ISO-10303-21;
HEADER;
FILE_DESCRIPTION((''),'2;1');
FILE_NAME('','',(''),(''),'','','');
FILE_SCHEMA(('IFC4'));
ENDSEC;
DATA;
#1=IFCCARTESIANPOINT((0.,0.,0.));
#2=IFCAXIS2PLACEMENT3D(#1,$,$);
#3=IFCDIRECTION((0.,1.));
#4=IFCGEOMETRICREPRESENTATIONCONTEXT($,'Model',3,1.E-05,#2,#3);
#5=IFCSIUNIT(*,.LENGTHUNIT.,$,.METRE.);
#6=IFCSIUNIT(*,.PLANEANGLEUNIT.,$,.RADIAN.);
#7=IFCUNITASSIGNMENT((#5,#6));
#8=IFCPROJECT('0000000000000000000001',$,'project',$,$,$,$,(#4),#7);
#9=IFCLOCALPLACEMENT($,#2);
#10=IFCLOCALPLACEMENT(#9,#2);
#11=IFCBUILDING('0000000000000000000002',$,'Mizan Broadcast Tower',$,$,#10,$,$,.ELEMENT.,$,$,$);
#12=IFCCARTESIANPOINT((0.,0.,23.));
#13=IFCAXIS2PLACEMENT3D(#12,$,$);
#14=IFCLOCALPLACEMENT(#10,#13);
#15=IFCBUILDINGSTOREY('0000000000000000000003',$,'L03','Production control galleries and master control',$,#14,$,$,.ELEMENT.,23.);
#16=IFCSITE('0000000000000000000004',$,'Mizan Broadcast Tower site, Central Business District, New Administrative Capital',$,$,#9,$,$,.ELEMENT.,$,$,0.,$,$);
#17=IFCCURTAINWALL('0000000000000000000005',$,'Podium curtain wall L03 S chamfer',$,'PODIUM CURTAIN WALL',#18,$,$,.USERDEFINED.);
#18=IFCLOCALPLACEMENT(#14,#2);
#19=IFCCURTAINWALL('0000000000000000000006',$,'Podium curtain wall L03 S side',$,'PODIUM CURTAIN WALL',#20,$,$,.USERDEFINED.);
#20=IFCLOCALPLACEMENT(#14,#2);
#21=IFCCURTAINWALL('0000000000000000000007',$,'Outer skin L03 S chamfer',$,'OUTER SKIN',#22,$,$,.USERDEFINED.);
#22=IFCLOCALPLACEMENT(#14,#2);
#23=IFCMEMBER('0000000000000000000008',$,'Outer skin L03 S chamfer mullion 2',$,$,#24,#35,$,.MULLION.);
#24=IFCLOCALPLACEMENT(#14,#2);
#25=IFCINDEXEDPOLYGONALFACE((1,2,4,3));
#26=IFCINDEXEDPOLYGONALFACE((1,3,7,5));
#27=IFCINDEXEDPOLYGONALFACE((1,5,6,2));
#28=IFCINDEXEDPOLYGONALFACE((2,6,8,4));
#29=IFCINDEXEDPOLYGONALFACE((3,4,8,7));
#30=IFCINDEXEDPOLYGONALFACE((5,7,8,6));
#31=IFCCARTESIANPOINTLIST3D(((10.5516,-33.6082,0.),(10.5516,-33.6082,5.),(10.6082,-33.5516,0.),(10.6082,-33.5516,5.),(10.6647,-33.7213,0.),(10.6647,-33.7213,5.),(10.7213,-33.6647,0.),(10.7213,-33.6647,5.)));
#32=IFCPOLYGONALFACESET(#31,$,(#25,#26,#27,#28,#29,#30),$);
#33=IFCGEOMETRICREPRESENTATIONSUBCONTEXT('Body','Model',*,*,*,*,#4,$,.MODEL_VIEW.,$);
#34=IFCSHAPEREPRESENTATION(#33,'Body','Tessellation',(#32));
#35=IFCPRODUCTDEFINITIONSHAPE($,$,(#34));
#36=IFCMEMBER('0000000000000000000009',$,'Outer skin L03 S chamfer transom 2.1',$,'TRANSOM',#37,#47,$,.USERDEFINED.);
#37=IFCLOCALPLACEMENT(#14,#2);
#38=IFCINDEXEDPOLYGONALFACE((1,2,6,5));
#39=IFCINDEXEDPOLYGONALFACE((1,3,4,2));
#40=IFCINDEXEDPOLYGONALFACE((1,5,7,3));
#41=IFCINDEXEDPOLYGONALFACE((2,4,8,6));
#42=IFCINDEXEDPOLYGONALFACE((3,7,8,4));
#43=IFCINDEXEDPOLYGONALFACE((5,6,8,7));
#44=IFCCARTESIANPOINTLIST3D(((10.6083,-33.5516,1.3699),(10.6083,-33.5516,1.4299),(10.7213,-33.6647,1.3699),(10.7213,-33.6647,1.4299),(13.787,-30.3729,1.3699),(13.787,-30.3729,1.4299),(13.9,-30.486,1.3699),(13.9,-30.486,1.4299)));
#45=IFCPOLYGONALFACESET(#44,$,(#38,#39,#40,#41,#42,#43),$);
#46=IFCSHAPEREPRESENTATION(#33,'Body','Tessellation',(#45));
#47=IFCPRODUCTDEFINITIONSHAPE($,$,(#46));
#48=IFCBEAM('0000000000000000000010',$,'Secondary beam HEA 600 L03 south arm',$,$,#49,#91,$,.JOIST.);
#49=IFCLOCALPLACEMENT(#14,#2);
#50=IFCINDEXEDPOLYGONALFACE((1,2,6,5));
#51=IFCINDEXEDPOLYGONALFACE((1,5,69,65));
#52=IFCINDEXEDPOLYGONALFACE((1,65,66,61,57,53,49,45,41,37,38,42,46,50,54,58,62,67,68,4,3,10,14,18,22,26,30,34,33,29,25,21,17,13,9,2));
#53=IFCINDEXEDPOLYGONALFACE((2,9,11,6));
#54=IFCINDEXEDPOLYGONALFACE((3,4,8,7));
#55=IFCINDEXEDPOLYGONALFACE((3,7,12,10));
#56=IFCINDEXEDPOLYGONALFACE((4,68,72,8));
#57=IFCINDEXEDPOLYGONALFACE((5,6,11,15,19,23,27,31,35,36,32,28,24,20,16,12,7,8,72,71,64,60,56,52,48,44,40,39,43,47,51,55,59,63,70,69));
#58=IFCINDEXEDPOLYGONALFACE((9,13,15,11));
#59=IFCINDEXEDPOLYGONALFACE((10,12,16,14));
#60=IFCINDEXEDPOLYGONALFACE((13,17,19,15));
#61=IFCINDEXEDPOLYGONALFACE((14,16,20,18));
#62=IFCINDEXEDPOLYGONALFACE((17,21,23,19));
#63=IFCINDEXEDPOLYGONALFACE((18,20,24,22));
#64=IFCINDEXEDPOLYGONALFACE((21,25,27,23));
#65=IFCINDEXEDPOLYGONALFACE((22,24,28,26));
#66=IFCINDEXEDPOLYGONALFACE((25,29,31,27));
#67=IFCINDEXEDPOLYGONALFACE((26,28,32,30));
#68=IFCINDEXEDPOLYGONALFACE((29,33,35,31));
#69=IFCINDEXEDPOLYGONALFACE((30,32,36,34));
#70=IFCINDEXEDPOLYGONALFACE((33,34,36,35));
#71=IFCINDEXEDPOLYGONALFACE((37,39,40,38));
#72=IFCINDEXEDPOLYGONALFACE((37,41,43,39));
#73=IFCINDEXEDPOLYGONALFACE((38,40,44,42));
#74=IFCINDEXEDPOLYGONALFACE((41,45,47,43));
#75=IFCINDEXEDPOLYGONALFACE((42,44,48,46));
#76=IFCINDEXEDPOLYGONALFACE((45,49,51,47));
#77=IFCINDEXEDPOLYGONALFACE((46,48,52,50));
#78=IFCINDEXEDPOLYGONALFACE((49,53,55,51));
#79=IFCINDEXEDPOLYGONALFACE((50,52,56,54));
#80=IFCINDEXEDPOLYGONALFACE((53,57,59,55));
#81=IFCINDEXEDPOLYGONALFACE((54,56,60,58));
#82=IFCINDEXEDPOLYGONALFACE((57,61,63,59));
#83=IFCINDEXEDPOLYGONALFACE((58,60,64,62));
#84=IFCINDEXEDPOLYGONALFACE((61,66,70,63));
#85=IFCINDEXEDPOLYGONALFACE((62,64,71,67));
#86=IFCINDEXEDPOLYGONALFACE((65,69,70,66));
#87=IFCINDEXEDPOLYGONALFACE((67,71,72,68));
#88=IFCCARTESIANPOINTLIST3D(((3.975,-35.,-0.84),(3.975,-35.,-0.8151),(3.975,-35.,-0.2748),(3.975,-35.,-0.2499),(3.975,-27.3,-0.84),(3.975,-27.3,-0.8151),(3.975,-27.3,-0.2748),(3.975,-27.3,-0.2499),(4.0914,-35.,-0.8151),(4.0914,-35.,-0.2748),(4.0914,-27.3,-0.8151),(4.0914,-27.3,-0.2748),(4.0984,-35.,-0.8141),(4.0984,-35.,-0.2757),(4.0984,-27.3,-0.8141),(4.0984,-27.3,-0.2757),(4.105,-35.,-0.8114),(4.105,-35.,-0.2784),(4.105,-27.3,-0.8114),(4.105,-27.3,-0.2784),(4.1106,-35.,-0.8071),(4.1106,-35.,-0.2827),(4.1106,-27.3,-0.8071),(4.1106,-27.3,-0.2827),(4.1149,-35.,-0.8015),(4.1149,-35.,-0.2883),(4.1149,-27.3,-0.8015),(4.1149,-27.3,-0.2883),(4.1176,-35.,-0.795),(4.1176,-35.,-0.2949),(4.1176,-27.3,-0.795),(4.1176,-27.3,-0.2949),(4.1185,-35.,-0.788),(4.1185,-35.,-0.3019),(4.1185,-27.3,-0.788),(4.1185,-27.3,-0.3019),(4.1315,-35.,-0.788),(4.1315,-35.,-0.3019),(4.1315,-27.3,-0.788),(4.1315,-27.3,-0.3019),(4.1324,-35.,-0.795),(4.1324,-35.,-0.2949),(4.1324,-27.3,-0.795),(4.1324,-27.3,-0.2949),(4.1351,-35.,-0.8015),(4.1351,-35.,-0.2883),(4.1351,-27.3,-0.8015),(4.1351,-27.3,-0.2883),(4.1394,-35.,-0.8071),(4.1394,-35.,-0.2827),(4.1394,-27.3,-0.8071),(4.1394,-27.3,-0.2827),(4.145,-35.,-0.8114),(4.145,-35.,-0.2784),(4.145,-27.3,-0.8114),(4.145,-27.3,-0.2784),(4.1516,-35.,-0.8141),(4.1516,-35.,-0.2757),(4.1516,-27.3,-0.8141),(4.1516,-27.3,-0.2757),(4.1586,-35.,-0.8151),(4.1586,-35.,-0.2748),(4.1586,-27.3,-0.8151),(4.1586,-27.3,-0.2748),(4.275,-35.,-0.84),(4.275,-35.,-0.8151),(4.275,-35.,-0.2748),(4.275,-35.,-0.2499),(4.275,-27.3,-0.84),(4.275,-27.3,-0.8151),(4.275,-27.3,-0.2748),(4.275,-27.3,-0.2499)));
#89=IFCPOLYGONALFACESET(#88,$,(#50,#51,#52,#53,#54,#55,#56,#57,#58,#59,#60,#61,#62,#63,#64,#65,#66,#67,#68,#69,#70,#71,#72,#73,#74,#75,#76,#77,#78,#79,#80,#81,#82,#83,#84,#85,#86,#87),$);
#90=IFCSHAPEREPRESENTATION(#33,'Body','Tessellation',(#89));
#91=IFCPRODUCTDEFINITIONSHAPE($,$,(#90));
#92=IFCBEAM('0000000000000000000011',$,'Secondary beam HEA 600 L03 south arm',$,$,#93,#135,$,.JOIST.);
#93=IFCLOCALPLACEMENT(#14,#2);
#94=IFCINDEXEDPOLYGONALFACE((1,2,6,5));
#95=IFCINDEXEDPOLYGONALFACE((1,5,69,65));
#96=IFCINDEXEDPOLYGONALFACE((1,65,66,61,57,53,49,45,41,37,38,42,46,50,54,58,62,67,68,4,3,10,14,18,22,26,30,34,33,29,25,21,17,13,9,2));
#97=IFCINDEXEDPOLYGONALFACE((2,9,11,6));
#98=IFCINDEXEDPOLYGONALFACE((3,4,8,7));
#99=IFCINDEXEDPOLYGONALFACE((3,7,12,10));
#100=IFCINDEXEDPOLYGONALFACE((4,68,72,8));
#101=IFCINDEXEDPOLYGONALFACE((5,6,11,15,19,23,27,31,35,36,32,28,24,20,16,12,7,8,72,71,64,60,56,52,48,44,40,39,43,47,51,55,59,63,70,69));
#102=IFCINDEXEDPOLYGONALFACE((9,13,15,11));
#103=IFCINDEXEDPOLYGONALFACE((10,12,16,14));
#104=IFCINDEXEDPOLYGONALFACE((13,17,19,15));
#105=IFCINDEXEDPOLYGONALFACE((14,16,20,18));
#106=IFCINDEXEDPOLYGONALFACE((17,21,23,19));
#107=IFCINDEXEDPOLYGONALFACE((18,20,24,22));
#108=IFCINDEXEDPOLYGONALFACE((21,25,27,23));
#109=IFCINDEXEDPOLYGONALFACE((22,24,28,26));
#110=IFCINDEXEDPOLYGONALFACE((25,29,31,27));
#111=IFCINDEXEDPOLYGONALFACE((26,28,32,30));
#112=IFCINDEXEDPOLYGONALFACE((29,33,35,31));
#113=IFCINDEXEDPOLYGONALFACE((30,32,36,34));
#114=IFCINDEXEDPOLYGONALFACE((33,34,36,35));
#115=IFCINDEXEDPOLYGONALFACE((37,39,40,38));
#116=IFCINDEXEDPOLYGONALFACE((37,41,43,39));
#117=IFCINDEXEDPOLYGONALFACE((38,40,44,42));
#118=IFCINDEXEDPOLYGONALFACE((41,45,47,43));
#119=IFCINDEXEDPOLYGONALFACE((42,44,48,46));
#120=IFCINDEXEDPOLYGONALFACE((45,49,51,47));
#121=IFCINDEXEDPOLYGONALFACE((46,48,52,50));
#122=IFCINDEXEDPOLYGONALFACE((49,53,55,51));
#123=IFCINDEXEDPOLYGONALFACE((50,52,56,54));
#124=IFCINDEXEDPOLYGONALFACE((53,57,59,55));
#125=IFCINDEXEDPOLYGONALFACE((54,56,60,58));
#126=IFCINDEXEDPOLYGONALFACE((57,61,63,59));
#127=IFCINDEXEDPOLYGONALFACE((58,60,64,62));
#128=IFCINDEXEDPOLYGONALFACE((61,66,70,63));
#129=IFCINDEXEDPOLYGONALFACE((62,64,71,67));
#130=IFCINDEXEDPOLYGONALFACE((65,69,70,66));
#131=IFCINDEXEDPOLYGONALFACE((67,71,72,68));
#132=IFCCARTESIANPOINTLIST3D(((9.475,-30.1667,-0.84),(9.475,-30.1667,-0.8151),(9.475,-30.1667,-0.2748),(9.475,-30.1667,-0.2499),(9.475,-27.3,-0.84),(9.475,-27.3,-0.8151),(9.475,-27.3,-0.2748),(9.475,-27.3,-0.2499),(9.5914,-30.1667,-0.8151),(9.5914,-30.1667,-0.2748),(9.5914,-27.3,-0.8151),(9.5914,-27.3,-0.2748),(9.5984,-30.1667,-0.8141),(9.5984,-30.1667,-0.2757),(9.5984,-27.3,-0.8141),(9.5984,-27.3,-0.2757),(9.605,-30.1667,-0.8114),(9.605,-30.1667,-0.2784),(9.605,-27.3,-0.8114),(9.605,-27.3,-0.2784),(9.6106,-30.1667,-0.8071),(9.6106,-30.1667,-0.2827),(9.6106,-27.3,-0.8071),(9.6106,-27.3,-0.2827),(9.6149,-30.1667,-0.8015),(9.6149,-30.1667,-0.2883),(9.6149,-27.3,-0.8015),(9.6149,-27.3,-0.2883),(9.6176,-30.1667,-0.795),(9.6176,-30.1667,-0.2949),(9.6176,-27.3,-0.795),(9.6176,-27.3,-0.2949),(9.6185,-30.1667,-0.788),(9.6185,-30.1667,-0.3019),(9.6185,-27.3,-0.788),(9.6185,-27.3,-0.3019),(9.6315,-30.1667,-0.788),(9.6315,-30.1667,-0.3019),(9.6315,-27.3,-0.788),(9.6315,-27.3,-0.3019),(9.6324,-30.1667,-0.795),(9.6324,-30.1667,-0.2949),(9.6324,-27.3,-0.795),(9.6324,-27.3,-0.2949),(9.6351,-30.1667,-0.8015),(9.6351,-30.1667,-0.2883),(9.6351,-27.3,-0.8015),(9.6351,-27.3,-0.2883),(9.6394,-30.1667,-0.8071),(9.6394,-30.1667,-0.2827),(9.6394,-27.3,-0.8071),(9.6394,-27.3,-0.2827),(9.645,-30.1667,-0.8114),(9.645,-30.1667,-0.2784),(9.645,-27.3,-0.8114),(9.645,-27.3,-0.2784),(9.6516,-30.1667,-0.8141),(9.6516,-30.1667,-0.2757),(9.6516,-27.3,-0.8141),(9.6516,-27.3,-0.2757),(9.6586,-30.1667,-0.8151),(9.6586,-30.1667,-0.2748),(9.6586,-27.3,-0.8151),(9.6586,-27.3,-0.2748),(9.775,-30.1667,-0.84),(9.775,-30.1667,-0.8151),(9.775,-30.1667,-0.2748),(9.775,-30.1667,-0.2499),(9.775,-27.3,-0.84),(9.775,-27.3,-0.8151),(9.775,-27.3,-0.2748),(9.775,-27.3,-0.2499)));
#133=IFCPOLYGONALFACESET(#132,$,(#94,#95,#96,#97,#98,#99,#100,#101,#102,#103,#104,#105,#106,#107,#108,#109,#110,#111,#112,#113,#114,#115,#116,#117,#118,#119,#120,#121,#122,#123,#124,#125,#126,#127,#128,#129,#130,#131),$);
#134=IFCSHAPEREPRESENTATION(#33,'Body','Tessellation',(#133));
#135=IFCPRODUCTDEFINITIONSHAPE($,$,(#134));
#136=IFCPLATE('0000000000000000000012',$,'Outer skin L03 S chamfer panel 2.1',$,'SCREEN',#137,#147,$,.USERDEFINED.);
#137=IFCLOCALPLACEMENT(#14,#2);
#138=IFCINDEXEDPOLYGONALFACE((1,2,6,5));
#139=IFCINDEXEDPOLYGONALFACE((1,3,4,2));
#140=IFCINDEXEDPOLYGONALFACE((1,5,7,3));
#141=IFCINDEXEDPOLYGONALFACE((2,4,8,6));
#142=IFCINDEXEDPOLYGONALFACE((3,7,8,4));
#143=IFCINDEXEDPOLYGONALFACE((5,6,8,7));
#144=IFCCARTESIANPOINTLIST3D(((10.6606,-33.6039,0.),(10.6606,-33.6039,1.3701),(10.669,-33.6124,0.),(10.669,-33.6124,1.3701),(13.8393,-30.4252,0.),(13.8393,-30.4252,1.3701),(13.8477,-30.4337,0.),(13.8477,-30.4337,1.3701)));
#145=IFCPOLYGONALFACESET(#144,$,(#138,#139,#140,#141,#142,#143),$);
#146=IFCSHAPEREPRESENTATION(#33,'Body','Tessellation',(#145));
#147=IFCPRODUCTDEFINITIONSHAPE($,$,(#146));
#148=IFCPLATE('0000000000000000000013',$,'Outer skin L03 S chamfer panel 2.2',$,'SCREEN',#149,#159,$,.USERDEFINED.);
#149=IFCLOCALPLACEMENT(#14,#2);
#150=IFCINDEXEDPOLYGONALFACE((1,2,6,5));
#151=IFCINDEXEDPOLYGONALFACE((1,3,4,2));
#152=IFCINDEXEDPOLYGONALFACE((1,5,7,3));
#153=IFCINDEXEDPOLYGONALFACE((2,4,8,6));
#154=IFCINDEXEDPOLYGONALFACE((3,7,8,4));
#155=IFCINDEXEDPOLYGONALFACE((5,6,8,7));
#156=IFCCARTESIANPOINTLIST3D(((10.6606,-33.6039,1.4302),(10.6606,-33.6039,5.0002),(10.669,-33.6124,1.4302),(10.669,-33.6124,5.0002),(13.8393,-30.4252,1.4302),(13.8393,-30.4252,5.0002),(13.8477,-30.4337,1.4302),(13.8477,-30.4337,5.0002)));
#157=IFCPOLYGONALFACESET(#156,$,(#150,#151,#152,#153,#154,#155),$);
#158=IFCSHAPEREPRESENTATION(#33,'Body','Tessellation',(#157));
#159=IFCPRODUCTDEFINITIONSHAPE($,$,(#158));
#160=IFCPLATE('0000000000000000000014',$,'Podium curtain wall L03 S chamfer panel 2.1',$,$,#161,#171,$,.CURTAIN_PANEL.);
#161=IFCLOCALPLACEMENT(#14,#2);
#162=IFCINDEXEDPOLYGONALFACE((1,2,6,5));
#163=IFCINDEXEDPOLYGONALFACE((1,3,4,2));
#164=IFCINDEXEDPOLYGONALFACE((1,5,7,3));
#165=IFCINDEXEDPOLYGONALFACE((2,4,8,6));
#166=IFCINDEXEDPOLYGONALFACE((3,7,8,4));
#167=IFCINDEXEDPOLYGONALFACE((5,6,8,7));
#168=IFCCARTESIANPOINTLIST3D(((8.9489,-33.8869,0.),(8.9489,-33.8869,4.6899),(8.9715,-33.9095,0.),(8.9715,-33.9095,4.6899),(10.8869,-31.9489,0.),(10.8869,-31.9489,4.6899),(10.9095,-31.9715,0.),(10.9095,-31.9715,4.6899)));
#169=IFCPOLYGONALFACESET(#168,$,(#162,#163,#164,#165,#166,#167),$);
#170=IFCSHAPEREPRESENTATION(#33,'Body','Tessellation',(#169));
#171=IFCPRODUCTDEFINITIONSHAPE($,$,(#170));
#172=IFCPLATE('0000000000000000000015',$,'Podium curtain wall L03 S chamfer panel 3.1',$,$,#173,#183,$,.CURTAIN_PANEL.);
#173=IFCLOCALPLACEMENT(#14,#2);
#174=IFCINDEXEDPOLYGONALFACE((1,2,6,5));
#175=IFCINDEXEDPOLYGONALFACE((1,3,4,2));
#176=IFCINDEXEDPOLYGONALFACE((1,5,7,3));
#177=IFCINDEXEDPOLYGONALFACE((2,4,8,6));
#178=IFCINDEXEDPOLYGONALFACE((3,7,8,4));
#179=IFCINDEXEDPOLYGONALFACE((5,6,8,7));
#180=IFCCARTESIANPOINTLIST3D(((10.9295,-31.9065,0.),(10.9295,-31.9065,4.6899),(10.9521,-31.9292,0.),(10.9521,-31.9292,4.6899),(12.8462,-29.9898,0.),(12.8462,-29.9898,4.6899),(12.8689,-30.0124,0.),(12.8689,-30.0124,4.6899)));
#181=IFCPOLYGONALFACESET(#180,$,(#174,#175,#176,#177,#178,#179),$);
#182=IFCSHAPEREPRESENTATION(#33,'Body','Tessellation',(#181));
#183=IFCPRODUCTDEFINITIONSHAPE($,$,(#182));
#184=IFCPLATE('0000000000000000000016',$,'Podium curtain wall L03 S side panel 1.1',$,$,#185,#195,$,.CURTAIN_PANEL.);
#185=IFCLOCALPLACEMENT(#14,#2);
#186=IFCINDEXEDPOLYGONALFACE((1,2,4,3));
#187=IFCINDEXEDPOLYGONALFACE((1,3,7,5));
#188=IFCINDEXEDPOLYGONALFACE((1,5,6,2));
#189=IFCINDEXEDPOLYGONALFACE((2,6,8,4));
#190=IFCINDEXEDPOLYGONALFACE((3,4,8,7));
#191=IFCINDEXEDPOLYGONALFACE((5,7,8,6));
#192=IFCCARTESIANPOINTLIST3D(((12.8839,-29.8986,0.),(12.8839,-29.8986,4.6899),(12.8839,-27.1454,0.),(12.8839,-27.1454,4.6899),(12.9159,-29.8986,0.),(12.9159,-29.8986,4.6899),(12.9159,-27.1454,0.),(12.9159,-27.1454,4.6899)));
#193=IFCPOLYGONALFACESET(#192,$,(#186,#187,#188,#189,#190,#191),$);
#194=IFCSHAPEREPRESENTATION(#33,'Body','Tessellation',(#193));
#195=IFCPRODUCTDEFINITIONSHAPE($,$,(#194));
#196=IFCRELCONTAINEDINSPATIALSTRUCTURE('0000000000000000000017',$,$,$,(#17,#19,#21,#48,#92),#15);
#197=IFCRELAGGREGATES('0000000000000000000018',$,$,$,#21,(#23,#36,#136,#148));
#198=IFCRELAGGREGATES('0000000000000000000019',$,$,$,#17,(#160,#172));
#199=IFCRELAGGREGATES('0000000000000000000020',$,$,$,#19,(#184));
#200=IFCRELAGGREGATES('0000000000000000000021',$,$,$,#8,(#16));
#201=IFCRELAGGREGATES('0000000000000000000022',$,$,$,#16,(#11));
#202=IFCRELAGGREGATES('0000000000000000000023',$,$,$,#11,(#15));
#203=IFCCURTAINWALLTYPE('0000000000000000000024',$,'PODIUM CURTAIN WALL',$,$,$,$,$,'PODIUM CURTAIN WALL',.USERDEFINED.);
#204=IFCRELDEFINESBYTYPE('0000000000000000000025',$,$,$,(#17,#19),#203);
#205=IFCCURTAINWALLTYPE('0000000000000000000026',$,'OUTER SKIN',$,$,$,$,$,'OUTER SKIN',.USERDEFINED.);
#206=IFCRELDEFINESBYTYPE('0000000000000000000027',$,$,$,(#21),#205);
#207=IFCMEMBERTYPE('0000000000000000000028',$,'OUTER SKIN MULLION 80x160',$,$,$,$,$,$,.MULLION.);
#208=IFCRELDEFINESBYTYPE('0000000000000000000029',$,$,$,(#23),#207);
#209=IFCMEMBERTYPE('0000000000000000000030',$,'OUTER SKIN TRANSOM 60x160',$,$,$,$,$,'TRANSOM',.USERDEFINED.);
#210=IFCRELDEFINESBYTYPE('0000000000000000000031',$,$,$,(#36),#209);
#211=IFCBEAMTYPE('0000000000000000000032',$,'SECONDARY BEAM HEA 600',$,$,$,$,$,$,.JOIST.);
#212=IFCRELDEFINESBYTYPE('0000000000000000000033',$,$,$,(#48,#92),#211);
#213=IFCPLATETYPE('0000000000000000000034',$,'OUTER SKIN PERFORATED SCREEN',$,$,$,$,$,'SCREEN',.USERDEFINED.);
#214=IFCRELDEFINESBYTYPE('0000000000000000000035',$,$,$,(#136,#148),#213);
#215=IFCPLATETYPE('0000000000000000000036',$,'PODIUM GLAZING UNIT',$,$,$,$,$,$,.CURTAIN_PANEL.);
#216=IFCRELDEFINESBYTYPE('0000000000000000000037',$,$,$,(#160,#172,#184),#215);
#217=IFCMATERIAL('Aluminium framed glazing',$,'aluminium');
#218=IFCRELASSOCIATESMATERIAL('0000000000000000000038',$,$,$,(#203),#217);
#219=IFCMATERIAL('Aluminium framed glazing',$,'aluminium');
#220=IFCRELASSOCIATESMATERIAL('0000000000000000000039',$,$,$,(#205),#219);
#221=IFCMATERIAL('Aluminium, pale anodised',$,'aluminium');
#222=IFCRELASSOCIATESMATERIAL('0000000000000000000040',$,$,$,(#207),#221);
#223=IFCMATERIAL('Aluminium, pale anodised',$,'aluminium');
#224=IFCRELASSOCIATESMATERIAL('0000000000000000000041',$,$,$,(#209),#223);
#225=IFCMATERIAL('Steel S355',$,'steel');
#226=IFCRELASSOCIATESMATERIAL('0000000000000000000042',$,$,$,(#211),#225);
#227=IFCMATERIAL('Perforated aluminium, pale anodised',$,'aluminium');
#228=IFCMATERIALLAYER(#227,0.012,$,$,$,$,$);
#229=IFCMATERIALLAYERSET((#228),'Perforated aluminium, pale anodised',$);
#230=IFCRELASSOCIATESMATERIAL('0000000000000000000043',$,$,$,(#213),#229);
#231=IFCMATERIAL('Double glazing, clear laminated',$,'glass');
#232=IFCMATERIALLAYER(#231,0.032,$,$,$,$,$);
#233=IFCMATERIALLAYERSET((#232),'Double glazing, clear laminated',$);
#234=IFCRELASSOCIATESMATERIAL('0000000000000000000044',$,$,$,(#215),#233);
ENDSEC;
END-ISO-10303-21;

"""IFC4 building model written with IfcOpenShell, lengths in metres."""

from ifc_helpers import new_model, si_unit, direction, frame, origin, origin_2d, place, context, subcontext, project, spatial, rectangle, i_section, extrude, material, layer, layer_set, material_profile, profile_set, type_object, element, aggregate, save


model = new_model("IFC4")

# Units and contexts
model_context = context("Model", 3, precision=1e-05, world=origin(), true_north=direction((0.0, 1.0)))
body_context = subcontext(model_context, "Body", "Model", "MODEL_VIEW")
ifc_project = project(units=[si_unit("LENGTHUNIT", "METRE"), si_unit("PLANEANGLEUNIT", "RADIAN")], contexts=[model_context])

# Site, building, storey
site_placement = place(None, origin())
site = spatial("IfcSite", under=ifc_project, at=site_placement, Name="Mizan Broadcast Tower site, Central Business District, New Administrative Capital", CompositionType="ELEMENT", RefElevation=0.0)
building_placement = place(site_placement, origin())
building = spatial("IfcBuilding", under=site, at=building_placement, Name="Mizan Broadcast Tower", CompositionType="ELEMENT")
storey_placement = place(building_placement, frame((0.0, 0.0, 23.0)))
storey = spatial("IfcBuildingStorey", under=building, at=storey_placement, Name="L03", Description="Production control galleries and master control", CompositionType="ELEMENT", Elevation=23.0)

# Curtain walls
ifc_material_1 = material(Name="Aluminium framed glazing", Category="aluminium")
curtain_wall_type_1 = type_object("IfcCurtainWallType", Name="PODIUM CURTAIN WALL", ElementType="PODIUM CURTAIN WALL", PredefinedType="USERDEFINED", material=ifc_material_1)
curtain_wall_1_placement = place(storey_placement, origin())
curtain_wall_1 = element("IfcCurtainWall", 1, at=curtain_wall_1_placement, inside=storey, type_object=curtain_wall_type_1, Name="Podium curtain wall L03 S chamfer", ObjectType="PODIUM CURTAIN WALL", PredefinedType="USERDEFINED")
curtain_wall_2_placement = place(storey_placement, origin())
curtain_wall_2 = element("IfcCurtainWall", 2, at=curtain_wall_2_placement, inside=storey, type_object=curtain_wall_type_1, Name="Podium curtain wall L03 S side", ObjectType="PODIUM CURTAIN WALL", PredefinedType="USERDEFINED")

# Curtain wall, members
ifc_material_2 = material(Name="Aluminium framed glazing", Category="aluminium")
curtain_wall_type_2 = type_object("IfcCurtainWallType", Name="OUTER SKIN", ElementType="OUTER SKIN", PredefinedType="USERDEFINED", material=ifc_material_2)
curtain_wall_3_placement = place(storey_placement, origin())
curtain_wall_3 = element("IfcCurtainWall", 3, at=curtain_wall_3_placement, inside=storey, type_object=curtain_wall_type_2, Name="Outer skin L03 S chamfer", ObjectType="OUTER SKIN", PredefinedType="USERDEFINED")
ifc_material_3 = material(Name="Aluminium, pale anodised", Category="aluminium")
ifc_material_profile_1 = material_profile(ifc_material_3, rectangle(XDim=0.1599, YDim=0.0801, at=origin_2d()), Name="MULLION 160x80")
ifc_profile_set_1 = profile_set([ifc_material_profile_1], Name="Aluminium, pale anodised")
member_type_1 = type_object("IfcMemberType", Name="OUTER SKIN MULLION 80x160", PredefinedType="MULLION", material=ifc_profile_set_1)
member_1_placement = place(storey_placement, frame((10.6365, -33.6365, 0.0), z_axis=(0.0, 0.0, 1.0), x_axis=(-0.707107, 0.707107, 0.0)))
member_1 = element("IfcMember", 4, at=member_1_placement, type_object=member_type_1, Name="Outer skin L03 S chamfer mullion 2", PredefinedType="MULLION", context=body_context, shape_type="SweptSolid", body=[
    extrude(rectangle(XDim=0.1599, YDim=0.0801, at=origin_2d()), origin(), (0.0, 0.0, 1.0), 5.0),
])
ifc_material_4 = material(Name="Aluminium, pale anodised", Category="aluminium")
ifc_material_profile_2 = material_profile(ifc_material_4, rectangle(XDim=0.1599, YDim=0.0601, at=origin_2d()), Name="TRANSOM 160x60")
ifc_profile_set_2 = profile_set([ifc_material_profile_2], Name="Aluminium, pale anodised")
member_type_2 = type_object("IfcMemberType", Name="OUTER SKIN TRANSOM 60x160", ElementType="TRANSOM", PredefinedType="USERDEFINED", material=ifc_profile_set_2)
member_2_placement = place(storey_placement, frame((10.6648, -33.6082, 1.3999), z_axis=(0.707107, 0.707107, 0.0), x_axis=(-0.707107, 0.707107, 0.0)))
member_2 = element("IfcMember", 5, at=member_2_placement, type_object=member_type_2, Name="Outer skin L03 S chamfer transom 2.1", ObjectType="TRANSOM", PredefinedType="USERDEFINED", context=body_context, shape_type="SweptSolid", body=[
    extrude(rectangle(XDim=0.1599, YDim=0.0601, at=origin_2d()), origin(), (0.0, 0.0, 1.0), 4.4954),
])

# Beams
ifc_material_5 = material(Name="Steel S355", Category="steel")
ifc_material_profile_3 = material_profile(ifc_material_5, i_section(OverallWidth=0.3, OverallDepth=0.5901, WebThickness=0.0129, FlangeThickness=0.0249, FilletRadius=0.0271, at=origin_2d()), Name="HEA 600")
ifc_profile_set_3 = profile_set([ifc_material_profile_3], Name="Steel S355")
beam_type_1 = type_object("IfcBeamType", Name="SECONDARY BEAM HEA 600", PredefinedType="JOIST", material=ifc_profile_set_3)
beam_1_placement = place(storey_placement, frame((4.125, -27.3, -0.5449), z_axis=(0.0, -1.0, 0.0), x_axis=(1.0, 0.0, 0.0)))
element("IfcBeam", 6, at=beam_1_placement, inside=storey, type_object=beam_type_1, Name="Secondary beam HEA 600 L03 south arm", PredefinedType="JOIST", context=body_context, shape_type="SweptSolid", body=[
    extrude(i_section(OverallWidth=0.3, OverallDepth=0.5901, WebThickness=0.0129, FlangeThickness=0.0249, FilletRadius=0.0271, at=origin_2d()), origin(), (0.0, 0.0, 1.0), 7.7),
])
beam_2_placement = place(storey_placement, frame((9.625, -27.3, -0.5449), z_axis=(0.0, -1.0, 0.0), x_axis=(1.0, 0.0, 0.0)))
element("IfcBeam", 7, at=beam_2_placement, inside=storey, type_object=beam_type_1, Name="Secondary beam HEA 600 L03 south arm", PredefinedType="JOIST", context=body_context, shape_type="SweptSolid", body=[
    extrude(i_section(OverallWidth=0.3, OverallDepth=0.5901, WebThickness=0.0129, FlangeThickness=0.0249, FilletRadius=0.0271, at=origin_2d()), origin(), (0.0, 0.0, 1.0), 2.8667),
])

# Plates
ifc_material_6 = material(Name="Perforated aluminium, pale anodised", Category="aluminium")
ifc_layer_1 = layer(ifc_material_6, 0.012)
ifc_layer_set_1 = layer_set([ifc_layer_1], Name="Perforated aluminium, pale anodised")
plate_type_1 = type_object("IfcPlateType", Name="OUTER SKIN PERFORATED SCREEN", ElementType="SCREEN", PredefinedType="USERDEFINED", material=ifc_layer_set_1)
plate_1_placement = place(storey_placement, frame((12.2542, -32.0188, 0.0), z_axis=(0.0, 0.0, 1.0), x_axis=(0.707107, 0.707107, 0.0)))
plate_1 = element("IfcPlate", 8, at=plate_1_placement, type_object=plate_type_1, Name="Outer skin L03 S chamfer panel 2.1", ObjectType="SCREEN", PredefinedType="USERDEFINED", context=body_context, shape_type="SweptSolid", body=[
    extrude(rectangle(XDim=4.4954, YDim=0.012, at=origin_2d()), origin(), (0.0, 0.0, 1.0), 1.3701),
])
plate_2_placement = place(storey_placement, frame((12.2542, -32.0188, 1.4302), z_axis=(0.0, 0.0, 1.0), x_axis=(0.707107, 0.707107, 0.0)))
plate_2 = element("IfcPlate", 9, at=plate_2_placement, type_object=plate_type_1, Name="Outer skin L03 S chamfer panel 2.2", ObjectType="SCREEN", PredefinedType="USERDEFINED", context=body_context, shape_type="SweptSolid", body=[
    extrude(rectangle(XDim=4.4954, YDim=0.012, at=origin_2d()), origin(), (0.0, 0.0, 1.0), 3.5701),
])
aggregate(curtain_wall_3, [member_1, member_2, plate_1, plate_2])
ifc_material_7 = material(Name="Double glazing, clear laminated", Category="glass")
ifc_layer_2 = layer(ifc_material_7, 0.032)
ifc_layer_set_2 = layer_set([ifc_layer_2], Name="Double glazing, clear laminated")
plate_type_2 = type_object("IfcPlateType", Name="PODIUM GLAZING UNIT", PredefinedType="CURTAIN_PANEL", material=ifc_layer_set_2)
plate_3_placement = place(storey_placement, frame((9.9292, -32.9292, 0.0), z_axis=(0.0, 0.0, 1.0), x_axis=(0.707107, 0.707107, 0.0)))
plate_3 = element("IfcPlate", 10, at=plate_3_placement, type_object=plate_type_2, Name="Podium curtain wall L03 S chamfer panel 2.1", PredefinedType="CURTAIN_PANEL", context=body_context, shape_type="SweptSolid", body=[
    extrude(rectangle(XDim=2.7407, YDim=0.032, at=origin_2d()), origin(), (0.0, 0.0, 1.0), 4.6899),
])
plate_4_placement = place(storey_placement, frame((11.8992, -30.9595, 0.0), z_axis=(0.0, 0.0, 1.0), x_axis=(0.707107, 0.707107, 0.0)))
plate_4 = element("IfcPlate", 11, at=plate_4_placement, type_object=plate_type_2, Name="Podium curtain wall L03 S chamfer panel 3.1", PredefinedType="CURTAIN_PANEL", context=body_context, shape_type="SweptSolid", body=[
    extrude(rectangle(XDim=2.7107, YDim=0.032, at=origin_2d()), origin(), (0.0, 0.0, 1.0), 4.6899),
])
aggregate(curtain_wall_1, [plate_3, plate_4])
plate_5_placement = place(storey_placement, frame((12.8999, -28.522, 0.0), z_axis=(0.0, 0.0, 1.0), x_axis=(0.0, 1.0, 0.0)))
plate_5 = element("IfcPlate", 12, at=plate_5_placement, type_object=plate_type_2, Name="Podium curtain wall L03 S side panel 1.1", PredefinedType="CURTAIN_PANEL", context=body_context, shape_type="SweptSolid", body=[
    extrude(rectangle(XDim=2.7532, YDim=0.032, at=origin_2d()), origin(), (0.0, 0.0, 1.0), 4.6899),
])
aggregate(curtain_wall_2, [plate_5])

save(model, "model.ifc")
